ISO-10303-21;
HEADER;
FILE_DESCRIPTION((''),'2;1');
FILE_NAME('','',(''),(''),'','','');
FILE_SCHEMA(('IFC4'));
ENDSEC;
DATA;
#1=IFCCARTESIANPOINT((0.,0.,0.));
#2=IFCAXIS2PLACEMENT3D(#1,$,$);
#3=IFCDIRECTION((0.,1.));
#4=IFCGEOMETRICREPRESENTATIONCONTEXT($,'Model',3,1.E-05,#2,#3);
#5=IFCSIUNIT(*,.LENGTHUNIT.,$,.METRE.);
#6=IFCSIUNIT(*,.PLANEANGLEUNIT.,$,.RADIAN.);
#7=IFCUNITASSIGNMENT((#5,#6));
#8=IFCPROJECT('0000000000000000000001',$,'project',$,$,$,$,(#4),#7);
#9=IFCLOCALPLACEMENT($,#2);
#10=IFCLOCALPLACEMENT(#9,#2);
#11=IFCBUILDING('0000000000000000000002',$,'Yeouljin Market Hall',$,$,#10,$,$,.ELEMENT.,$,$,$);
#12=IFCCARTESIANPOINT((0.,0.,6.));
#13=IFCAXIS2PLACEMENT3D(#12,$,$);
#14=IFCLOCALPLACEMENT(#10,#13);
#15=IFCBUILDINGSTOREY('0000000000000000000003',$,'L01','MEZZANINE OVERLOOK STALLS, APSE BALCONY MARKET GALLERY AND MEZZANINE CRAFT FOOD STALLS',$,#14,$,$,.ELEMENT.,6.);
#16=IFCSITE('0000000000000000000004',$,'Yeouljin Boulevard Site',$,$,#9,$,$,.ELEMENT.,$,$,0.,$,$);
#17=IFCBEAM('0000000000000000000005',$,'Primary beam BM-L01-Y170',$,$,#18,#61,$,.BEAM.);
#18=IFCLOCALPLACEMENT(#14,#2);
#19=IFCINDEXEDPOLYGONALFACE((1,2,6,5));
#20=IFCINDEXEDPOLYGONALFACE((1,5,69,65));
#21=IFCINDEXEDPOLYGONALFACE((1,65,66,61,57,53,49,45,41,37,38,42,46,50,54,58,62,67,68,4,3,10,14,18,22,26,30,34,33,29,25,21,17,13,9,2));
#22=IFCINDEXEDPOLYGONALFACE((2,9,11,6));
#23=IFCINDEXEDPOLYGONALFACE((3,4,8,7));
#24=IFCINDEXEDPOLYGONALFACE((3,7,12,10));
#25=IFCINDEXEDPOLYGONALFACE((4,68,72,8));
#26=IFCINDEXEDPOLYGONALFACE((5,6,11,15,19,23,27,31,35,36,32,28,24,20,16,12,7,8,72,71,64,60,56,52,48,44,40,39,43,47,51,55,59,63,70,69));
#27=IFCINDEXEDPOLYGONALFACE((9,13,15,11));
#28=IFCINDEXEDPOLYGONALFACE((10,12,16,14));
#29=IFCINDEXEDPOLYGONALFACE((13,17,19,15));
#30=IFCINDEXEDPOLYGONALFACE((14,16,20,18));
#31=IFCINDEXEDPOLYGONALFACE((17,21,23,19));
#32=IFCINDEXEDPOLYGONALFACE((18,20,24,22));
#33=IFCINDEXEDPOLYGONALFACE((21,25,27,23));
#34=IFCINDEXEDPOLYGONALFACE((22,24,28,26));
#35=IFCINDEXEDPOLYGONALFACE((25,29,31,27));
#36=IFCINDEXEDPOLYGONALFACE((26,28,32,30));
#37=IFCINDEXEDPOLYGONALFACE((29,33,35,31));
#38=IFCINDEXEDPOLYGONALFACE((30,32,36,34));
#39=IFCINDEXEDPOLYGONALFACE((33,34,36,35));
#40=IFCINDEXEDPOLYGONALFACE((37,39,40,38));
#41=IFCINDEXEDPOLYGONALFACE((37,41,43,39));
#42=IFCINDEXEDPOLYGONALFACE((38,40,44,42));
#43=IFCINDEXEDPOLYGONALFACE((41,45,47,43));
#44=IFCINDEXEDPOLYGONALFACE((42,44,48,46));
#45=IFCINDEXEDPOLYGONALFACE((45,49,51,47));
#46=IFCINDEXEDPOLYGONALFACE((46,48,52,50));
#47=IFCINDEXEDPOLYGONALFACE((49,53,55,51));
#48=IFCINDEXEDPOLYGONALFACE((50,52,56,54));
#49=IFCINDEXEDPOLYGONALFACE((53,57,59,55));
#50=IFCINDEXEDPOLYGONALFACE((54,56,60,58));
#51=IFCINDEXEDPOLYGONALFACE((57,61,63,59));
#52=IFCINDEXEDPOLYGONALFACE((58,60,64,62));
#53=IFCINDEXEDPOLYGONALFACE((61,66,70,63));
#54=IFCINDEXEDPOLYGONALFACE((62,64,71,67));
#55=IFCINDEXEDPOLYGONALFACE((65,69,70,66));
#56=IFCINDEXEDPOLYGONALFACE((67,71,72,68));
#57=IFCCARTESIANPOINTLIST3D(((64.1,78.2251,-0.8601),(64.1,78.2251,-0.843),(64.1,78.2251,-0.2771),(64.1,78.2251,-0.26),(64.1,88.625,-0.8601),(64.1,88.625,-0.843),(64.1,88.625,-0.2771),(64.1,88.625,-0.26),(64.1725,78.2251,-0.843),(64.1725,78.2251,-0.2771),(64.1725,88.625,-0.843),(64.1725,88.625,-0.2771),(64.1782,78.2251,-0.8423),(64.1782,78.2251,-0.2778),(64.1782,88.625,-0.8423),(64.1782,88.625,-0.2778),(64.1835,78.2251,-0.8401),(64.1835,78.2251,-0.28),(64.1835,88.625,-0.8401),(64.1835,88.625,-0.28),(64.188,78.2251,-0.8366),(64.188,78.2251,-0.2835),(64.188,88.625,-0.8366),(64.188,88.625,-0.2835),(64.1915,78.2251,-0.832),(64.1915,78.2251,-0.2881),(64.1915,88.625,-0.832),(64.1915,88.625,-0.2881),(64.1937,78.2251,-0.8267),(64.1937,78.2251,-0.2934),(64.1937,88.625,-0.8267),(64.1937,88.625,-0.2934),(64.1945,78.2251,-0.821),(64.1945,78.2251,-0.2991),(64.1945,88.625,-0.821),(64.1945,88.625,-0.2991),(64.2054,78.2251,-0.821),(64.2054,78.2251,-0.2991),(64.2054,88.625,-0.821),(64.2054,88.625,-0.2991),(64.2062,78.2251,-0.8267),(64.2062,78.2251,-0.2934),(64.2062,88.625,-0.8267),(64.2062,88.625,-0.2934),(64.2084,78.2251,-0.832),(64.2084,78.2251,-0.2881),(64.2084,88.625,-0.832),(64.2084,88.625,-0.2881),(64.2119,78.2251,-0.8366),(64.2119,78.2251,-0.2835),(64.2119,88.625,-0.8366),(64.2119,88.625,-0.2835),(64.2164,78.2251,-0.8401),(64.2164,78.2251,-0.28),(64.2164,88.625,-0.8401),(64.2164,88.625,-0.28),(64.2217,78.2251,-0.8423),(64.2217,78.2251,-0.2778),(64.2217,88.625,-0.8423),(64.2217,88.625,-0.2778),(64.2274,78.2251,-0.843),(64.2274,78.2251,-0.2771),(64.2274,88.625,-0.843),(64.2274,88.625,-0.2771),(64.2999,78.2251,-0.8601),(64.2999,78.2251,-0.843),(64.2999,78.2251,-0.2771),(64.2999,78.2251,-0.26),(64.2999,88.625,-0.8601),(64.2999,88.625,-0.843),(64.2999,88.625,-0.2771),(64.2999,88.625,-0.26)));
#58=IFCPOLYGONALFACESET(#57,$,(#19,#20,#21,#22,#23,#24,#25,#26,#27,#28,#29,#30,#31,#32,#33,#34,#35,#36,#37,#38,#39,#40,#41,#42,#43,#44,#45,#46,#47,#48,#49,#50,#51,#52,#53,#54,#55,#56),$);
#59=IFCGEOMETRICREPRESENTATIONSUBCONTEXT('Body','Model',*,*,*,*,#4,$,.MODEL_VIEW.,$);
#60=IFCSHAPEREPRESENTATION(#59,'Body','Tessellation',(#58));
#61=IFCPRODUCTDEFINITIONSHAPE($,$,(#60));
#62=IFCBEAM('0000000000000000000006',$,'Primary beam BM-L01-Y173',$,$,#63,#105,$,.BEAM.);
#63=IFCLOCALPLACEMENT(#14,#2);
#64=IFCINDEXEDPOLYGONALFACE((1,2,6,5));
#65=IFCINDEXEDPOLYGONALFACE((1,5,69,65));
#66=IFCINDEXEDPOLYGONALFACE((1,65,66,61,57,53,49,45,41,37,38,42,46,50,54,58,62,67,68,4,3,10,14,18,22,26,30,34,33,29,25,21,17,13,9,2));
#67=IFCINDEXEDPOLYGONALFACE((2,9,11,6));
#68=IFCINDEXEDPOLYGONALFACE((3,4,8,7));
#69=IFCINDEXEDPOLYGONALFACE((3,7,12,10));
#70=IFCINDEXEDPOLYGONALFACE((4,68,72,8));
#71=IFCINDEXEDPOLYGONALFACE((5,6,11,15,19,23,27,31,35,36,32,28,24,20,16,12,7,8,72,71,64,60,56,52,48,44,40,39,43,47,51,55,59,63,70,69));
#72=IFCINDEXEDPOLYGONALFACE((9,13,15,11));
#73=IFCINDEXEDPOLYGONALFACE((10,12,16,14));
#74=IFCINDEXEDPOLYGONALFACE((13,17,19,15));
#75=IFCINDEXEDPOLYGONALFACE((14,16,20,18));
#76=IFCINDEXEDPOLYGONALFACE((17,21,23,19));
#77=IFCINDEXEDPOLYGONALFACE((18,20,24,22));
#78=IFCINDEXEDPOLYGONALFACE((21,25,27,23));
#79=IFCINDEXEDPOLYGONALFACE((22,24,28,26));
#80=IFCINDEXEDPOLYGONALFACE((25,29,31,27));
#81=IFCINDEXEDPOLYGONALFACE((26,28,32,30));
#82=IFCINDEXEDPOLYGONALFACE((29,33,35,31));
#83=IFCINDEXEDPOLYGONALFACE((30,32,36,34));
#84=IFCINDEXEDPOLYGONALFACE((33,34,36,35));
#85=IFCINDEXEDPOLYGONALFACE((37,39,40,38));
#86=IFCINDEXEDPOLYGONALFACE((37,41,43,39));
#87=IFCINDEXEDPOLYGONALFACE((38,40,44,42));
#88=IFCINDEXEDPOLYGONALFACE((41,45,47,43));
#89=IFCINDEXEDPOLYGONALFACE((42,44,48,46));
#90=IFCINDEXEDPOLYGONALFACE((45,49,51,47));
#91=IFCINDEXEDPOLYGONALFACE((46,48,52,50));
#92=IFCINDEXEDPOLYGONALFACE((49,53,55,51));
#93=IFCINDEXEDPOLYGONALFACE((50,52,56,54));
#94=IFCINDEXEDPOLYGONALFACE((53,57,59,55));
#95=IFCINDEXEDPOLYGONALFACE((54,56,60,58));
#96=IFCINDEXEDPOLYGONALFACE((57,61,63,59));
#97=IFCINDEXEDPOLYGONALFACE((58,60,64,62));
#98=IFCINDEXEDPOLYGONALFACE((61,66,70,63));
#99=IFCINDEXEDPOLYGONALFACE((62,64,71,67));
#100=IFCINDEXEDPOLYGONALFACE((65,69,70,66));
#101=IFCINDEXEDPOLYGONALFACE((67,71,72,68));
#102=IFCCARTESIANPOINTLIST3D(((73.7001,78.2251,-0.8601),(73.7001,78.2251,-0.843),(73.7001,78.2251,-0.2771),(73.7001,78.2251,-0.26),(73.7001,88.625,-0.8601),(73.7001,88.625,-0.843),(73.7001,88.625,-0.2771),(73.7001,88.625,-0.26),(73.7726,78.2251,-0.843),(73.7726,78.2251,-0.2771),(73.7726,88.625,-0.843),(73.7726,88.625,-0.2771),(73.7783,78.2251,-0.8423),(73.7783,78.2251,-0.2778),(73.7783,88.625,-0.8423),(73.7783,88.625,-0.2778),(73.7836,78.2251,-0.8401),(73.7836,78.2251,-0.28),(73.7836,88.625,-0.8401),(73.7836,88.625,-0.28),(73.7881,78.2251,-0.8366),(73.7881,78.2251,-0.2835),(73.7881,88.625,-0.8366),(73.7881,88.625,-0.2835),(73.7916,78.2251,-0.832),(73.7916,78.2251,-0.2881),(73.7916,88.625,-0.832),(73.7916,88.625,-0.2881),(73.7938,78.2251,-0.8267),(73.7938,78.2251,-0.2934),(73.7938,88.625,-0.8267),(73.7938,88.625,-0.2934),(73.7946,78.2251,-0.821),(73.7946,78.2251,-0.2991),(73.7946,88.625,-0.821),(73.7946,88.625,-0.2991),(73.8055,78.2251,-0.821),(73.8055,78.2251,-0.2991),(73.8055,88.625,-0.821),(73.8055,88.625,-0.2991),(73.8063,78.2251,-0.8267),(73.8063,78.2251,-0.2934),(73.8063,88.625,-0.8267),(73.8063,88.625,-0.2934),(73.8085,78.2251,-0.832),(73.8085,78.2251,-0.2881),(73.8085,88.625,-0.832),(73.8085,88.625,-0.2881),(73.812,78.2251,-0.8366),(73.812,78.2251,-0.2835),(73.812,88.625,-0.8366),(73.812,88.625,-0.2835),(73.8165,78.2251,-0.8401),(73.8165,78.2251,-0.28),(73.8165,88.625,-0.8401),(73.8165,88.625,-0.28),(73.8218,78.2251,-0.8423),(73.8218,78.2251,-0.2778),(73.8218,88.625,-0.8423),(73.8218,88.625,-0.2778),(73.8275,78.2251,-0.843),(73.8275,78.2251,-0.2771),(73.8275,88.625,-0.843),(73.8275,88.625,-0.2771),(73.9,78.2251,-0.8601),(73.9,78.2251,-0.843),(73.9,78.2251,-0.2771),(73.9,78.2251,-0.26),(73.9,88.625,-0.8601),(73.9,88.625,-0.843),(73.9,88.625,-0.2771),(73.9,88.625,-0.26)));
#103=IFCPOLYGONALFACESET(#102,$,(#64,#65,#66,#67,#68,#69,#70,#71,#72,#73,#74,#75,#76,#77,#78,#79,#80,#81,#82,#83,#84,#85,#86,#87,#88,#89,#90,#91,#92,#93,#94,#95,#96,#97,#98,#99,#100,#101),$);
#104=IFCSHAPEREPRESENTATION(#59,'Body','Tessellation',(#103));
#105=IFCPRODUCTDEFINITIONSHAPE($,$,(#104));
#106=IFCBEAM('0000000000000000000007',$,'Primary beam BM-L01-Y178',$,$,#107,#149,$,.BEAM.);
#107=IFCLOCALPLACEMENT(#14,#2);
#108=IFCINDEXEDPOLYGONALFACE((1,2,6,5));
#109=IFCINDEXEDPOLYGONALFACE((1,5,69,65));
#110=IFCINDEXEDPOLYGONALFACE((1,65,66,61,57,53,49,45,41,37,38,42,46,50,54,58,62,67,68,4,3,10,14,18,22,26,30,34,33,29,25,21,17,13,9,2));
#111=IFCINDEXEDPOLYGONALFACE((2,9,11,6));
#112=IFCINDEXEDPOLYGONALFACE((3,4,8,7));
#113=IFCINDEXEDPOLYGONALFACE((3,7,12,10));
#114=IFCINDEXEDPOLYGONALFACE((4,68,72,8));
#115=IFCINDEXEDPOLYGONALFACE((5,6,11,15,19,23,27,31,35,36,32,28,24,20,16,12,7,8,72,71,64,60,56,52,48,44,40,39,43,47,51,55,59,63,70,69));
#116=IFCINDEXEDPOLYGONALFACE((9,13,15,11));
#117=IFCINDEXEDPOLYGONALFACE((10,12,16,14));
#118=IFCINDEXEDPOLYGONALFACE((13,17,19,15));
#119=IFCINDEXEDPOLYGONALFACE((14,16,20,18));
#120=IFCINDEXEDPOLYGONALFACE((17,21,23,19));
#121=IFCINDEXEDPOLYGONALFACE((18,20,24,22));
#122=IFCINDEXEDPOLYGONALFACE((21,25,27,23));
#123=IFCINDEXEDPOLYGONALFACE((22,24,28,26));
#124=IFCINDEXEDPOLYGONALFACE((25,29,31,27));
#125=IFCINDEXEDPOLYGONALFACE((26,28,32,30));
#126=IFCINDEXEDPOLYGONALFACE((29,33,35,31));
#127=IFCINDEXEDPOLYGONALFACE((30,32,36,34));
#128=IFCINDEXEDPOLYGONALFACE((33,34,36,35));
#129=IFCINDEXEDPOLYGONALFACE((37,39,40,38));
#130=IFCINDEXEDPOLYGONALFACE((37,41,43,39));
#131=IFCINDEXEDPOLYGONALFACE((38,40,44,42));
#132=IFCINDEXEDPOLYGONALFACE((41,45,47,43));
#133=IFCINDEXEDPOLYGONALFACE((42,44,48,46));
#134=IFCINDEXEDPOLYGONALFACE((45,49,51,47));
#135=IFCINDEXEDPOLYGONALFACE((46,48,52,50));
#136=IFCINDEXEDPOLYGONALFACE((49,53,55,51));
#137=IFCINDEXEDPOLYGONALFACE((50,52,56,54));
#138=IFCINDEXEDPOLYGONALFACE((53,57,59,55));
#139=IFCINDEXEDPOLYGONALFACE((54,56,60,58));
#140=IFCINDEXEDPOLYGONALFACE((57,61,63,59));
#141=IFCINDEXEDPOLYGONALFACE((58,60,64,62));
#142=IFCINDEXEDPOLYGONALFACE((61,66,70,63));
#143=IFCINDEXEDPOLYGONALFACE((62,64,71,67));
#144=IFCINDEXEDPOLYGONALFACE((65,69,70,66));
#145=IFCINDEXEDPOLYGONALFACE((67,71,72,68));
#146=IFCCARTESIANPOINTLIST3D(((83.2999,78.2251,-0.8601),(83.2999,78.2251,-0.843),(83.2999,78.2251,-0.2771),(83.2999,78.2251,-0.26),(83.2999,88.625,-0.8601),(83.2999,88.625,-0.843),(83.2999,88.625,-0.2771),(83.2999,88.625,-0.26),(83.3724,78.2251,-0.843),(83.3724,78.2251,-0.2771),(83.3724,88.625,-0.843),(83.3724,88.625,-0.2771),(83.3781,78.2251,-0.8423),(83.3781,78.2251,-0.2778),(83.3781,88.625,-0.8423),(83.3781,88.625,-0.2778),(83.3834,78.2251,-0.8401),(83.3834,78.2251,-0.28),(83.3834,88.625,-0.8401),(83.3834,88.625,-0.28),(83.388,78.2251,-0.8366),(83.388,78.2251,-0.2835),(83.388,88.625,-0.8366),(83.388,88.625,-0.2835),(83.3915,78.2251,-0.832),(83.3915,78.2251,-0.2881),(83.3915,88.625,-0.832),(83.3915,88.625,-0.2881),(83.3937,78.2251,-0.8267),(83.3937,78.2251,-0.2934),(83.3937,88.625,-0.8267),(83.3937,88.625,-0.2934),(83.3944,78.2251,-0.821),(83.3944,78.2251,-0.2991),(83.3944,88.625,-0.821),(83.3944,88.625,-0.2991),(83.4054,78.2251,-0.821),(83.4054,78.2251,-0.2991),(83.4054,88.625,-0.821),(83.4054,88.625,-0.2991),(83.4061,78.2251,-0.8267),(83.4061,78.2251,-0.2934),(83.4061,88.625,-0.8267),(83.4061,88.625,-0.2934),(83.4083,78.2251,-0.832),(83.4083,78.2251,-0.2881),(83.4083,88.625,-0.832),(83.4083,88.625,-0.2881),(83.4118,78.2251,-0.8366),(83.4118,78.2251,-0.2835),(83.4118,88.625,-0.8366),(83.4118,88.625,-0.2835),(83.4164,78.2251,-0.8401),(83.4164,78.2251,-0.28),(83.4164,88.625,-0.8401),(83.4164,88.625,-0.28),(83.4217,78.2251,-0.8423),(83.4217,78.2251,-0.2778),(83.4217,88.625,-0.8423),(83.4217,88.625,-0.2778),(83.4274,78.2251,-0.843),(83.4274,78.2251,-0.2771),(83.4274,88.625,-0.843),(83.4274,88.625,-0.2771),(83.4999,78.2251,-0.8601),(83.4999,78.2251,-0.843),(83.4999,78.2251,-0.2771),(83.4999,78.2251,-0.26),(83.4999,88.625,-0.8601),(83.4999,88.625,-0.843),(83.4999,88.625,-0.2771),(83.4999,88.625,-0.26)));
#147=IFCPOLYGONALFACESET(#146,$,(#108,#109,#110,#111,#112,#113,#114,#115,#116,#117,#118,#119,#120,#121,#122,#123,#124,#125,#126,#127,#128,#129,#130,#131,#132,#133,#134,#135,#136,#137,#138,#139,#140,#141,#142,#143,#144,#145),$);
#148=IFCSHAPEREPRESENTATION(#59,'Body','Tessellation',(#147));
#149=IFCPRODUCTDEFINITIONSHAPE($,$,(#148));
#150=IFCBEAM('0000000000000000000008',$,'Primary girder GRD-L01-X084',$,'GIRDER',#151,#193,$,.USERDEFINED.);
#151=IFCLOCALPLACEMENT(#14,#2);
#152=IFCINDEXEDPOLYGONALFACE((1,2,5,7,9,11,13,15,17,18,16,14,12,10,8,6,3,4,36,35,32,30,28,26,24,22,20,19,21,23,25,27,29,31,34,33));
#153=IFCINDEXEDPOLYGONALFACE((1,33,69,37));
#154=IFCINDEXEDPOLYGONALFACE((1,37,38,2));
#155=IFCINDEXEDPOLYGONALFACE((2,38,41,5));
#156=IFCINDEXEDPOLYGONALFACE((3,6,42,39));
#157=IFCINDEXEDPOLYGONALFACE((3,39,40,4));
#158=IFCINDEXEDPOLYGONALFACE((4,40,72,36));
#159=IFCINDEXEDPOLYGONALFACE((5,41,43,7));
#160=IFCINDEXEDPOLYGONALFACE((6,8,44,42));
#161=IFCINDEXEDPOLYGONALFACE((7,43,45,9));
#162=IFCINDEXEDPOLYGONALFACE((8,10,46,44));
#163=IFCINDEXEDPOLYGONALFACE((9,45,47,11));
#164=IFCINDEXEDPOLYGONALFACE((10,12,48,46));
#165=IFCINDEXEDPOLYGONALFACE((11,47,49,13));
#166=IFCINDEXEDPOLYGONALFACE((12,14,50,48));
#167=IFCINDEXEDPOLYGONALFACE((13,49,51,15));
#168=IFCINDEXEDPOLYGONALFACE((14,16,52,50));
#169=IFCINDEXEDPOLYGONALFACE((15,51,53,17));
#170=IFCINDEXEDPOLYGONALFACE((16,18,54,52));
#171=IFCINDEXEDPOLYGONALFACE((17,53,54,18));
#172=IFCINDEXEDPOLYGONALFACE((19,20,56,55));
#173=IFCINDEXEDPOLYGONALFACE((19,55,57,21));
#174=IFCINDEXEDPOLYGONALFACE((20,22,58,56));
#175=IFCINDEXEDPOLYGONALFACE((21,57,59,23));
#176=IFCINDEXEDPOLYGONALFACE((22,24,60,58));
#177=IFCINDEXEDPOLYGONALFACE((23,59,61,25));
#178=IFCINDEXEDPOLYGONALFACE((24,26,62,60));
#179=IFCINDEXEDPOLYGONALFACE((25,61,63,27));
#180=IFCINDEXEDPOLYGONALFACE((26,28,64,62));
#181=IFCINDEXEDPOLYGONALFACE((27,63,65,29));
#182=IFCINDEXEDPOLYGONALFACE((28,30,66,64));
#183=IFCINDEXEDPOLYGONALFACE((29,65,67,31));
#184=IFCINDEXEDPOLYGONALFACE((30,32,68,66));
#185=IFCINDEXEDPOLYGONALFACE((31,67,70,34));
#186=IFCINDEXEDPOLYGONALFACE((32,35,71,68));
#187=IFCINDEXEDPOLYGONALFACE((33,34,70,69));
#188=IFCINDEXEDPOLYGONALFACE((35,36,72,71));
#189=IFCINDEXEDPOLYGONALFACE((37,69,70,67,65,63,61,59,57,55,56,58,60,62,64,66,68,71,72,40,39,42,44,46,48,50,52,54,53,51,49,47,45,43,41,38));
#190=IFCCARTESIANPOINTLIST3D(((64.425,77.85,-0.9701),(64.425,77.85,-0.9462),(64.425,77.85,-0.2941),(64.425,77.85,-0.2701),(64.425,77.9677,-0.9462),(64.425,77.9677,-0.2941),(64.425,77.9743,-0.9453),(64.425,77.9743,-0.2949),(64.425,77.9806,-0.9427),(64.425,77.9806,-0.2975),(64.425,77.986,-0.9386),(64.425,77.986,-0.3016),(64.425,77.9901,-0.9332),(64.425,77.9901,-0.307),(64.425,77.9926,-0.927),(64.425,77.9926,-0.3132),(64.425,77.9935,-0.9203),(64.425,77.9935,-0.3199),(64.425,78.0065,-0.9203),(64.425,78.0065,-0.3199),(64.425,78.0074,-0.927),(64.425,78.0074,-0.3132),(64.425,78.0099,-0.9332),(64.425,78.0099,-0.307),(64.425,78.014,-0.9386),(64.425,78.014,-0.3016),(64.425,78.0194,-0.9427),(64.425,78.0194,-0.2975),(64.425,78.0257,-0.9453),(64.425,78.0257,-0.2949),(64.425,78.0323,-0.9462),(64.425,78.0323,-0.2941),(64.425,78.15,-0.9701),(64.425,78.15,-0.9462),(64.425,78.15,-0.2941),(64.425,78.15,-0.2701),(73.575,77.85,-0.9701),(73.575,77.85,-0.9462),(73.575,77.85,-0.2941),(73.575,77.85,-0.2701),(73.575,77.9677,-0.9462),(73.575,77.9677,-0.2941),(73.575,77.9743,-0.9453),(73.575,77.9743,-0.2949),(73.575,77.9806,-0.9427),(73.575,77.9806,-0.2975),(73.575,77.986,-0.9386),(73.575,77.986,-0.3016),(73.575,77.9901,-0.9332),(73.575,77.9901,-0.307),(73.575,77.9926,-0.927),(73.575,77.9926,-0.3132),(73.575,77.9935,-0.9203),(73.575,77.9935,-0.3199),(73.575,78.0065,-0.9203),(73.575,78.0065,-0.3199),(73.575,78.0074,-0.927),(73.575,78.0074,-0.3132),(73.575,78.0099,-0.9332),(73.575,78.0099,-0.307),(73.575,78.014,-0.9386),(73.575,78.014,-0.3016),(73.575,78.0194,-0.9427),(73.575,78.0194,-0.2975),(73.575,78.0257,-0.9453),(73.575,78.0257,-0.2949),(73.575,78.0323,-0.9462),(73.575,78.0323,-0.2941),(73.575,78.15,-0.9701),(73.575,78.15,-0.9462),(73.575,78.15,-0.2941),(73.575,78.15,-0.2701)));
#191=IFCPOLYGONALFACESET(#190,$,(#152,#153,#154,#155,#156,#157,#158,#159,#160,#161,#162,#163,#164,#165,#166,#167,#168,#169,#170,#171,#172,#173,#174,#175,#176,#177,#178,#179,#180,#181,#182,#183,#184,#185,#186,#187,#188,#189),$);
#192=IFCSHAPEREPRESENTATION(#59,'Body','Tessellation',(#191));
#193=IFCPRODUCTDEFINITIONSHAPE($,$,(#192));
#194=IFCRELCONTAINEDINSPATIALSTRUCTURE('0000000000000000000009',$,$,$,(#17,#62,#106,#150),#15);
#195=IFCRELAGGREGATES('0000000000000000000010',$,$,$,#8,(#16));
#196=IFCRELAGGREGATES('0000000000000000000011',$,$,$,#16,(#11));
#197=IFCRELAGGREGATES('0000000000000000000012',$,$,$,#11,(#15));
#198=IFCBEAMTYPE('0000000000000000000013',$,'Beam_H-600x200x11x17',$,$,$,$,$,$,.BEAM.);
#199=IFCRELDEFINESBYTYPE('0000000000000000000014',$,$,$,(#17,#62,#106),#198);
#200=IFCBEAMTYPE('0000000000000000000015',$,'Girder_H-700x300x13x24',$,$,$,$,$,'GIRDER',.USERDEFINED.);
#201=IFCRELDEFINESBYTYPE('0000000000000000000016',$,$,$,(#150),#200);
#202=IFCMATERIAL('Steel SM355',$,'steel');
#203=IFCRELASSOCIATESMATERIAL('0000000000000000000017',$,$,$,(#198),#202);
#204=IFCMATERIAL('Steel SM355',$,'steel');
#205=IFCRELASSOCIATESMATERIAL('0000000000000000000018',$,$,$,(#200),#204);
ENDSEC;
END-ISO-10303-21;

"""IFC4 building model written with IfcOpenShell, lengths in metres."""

from ifc_helpers import new_model, si_unit, direction, frame, origin, origin_2d, place, context, subcontext, project, spatial, i_section, extrude, material, material_profile, profile_set, type_object, element, save


model = new_model("IFC4")

# Units and contexts
model_context = context("Model", 3, precision=1e-05, world=origin(), true_north=direction((0.0, 1.0)))
body_context = subcontext(model_context, "Body", "Model", "MODEL_VIEW")
ifc_project = project(units=[si_unit("LENGTHUNIT", "METRE"), si_unit("PLANEANGLEUNIT", "RADIAN")], contexts=[model_context])

# Site, building, storey
site_placement = place(None, origin())
site = spatial("IfcSite", under=ifc_project, at=site_placement, Name="Yeouljin Boulevard Site", CompositionType="ELEMENT", RefElevation=0.0)
building_placement = place(site_placement, origin())
building = spatial("IfcBuilding", under=site, at=building_placement, Name="Yeouljin Market Hall", CompositionType="ELEMENT")
storey_placement = place(building_placement, frame((0.0, 0.0, 6.0)))
storey = spatial("IfcBuildingStorey", under=building, at=storey_placement, Name="L01", Description="MEZZANINE OVERLOOK STALLS, APSE BALCONY MARKET GALLERY AND MEZZANINE CRAFT FOOD STALLS", CompositionType="ELEMENT", Elevation=6.0)

# Beams
ifc_material_1 = material(Name="Steel SM355", Category="steel")
ifc_material_profile_1 = material_profile(ifc_material_1, i_section(OverallWidth=0.2, OverallDepth=0.6001, WebThickness=0.011, FlangeThickness=0.0171, FilletRadius=0.022, at=origin_2d()), Name="H-600x200x11x17")
ifc_profile_set_1 = profile_set([ifc_material_profile_1], Name="Steel SM355")
beam_type_1 = type_object("IfcBeamType", Name="Beam_H-600x200x11x17", PredefinedType="BEAM", material=ifc_profile_set_1)
for number, where, z_axis, x_axis, name in (
    (1, (64.2, 78.2251, -0.5601), (0.0, 1.0, 0.0), (-1.0, 0.0, 0.0), "Primary beam BM-L01-Y170"),
    (2, (73.8, 78.2251, -0.5601), (0.0, 1.0, 0.0), (-1.0, 0.0, 0.0), "Primary beam BM-L01-Y173"),
    (3, (83.3999, 78.2251, -0.5601), (0.0, 1.0, 0.0), (-1.0, 0.0, 0.0), "Primary beam BM-L01-Y178"),
):
    element("IfcBeam", number, at=place(storey_placement, frame(where, z_axis=z_axis, x_axis=x_axis)), inside=storey, type_object=beam_type_1, Name=name, PredefinedType="BEAM", context=body_context, shape_type="SweptSolid", body=[
        extrude(i_section(OverallWidth=0.2, OverallDepth=0.6001, WebThickness=0.011, FlangeThickness=0.0171, FilletRadius=0.022, at=origin_2d()), origin(), (0.0, 0.0, 1.0), 10.3999),
    ])
ifc_material_2 = material(Name="Steel SM355", Category="steel")
ifc_material_profile_2 = material_profile(ifc_material_2, i_section(OverallWidth=0.3, OverallDepth=0.7, WebThickness=0.0129, FlangeThickness=0.0239, FilletRadius=0.0259, at=origin_2d()), Name="H-700x300x13x24")
ifc_profile_set_2 = profile_set([ifc_material_profile_2], Name="Steel SM355")
beam_type_2 = type_object("IfcBeamType", Name="Girder_H-700x300x13x24", ElementType="GIRDER", PredefinedType="USERDEFINED", material=ifc_profile_set_2)
beam_1_placement = place(storey_placement, frame((64.425, 78.0, -0.6201), z_axis=(1.0, 0.0, 0.0), x_axis=(0.0, 1.0, 0.0)))
element("IfcBeam", 4, at=beam_1_placement, inside=storey, type_object=beam_type_2, Name="Primary girder GRD-L01-X084", ObjectType="GIRDER", PredefinedType="USERDEFINED", context=body_context, shape_type="SweptSolid", body=[
    extrude(i_section(OverallWidth=0.3, OverallDepth=0.7, WebThickness=0.0129, FlangeThickness=0.0239, FilletRadius=0.0259, at=origin_2d()), origin(), (0.0, 0.0, 1.0), 9.1499),
])

save(model, "model.ifc")
